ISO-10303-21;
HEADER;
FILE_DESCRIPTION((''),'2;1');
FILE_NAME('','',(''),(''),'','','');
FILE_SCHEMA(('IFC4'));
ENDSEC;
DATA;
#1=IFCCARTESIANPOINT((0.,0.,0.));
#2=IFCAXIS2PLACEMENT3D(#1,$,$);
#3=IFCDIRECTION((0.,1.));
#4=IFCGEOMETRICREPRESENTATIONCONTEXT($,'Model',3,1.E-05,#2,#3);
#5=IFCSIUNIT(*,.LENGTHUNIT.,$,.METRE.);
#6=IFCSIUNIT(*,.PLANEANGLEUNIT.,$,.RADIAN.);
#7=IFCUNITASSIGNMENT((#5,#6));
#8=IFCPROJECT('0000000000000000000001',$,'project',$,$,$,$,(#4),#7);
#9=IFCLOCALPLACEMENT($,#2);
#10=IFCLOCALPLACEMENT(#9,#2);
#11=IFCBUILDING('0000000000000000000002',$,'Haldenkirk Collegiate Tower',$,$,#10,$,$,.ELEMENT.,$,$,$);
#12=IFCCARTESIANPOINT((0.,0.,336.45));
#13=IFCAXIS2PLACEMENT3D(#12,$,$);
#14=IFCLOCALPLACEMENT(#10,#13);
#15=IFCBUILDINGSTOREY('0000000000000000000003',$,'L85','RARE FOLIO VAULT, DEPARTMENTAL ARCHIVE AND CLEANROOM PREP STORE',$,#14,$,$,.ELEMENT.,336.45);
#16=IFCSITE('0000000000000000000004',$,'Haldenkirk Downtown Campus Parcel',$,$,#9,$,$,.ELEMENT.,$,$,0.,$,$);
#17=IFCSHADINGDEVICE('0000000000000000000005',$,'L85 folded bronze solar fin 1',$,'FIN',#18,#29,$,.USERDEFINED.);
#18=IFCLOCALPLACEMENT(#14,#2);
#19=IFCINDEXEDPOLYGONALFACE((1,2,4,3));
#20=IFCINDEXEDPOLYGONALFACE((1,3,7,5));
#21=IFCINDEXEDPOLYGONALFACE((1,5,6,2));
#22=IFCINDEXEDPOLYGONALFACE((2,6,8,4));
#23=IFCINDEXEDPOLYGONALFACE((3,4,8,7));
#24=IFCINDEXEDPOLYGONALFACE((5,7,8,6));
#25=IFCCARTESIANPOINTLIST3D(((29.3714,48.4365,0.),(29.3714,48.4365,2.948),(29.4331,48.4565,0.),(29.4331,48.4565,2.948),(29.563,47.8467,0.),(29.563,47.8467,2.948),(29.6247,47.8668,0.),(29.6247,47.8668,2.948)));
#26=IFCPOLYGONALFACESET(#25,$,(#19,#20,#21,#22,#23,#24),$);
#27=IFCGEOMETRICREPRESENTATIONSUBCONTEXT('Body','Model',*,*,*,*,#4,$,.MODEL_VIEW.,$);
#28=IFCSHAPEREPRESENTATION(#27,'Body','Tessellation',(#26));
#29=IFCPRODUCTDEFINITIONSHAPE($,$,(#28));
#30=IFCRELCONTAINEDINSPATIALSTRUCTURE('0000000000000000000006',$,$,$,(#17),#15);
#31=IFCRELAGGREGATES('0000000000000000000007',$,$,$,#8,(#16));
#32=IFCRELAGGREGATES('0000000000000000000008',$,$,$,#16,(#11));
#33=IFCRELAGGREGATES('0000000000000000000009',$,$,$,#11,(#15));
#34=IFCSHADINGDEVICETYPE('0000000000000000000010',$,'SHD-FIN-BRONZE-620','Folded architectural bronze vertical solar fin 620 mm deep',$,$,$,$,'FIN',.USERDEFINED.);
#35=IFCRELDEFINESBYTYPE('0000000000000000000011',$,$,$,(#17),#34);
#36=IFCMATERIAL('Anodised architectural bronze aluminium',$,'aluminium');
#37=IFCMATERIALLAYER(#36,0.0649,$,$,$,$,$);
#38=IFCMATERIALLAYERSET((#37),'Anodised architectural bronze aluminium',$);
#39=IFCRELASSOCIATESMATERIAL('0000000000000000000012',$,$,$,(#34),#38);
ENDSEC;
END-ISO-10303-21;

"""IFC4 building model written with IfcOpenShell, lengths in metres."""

from ifc_helpers import new_model, si_unit, direction, frame, origin, origin_2d, place, context, subcontext, project, spatial, rectangle, extrude, source, transform, mapped, material, layer, layer_set, type_object, element, save


model = new_model("IFC4")

# Units and contexts
model_context = context("Model", 3, precision=1e-05, world=origin(), true_north=direction((0.0, 1.0)))
body_context = subcontext(model_context, "Body", "Model", "MODEL_VIEW")
ifc_project = project(units=[si_unit("LENGTHUNIT", "METRE"), si_unit("PLANEANGLEUNIT", "RADIAN")], contexts=[model_context])

# Site, building, storey
site_placement = place(None, origin())
site = spatial("IfcSite", under=ifc_project, at=site_placement, Name="Haldenkirk Downtown Campus Parcel", CompositionType="ELEMENT", RefElevation=0.0)
building_placement = place(site_placement, origin())
building = spatial("IfcBuilding", under=site, at=building_placement, Name="Haldenkirk Collegiate Tower", CompositionType="ELEMENT")
storey_placement = place(building_placement, frame((0.0, 0.0, 336.45)))
storey = spatial("IfcBuildingStorey", under=building, at=storey_placement, Name="L85", Description="RARE FOLIO VAULT, DEPARTMENTAL ARCHIVE AND CLEANROOM PREP STORE", CompositionType="ELEMENT", Elevation=336.45)

# Shared definitions
ifc_material_1 = material(Name="Anodised architectural bronze aluminium", Category="aluminium")

# Shading device
ifc_layer_1 = layer(ifc_material_1, 0.0649)
ifc_layer_set_1 = layer_set([ifc_layer_1], Name="Anodised architectural bronze aluminium")
shading_device_type = type_object("IfcShadingDeviceType", Name="SHD-FIN-BRONZE-620", Description="Folded architectural bronze vertical solar fin 620 mm deep", ElementType="FIN", PredefinedType="USERDEFINED", material=ifc_layer_set_1)
shared_shape_1 = source(origin(), body_context, "Body", "SweptSolid", [
    extrude(rectangle(XDim=0.6201, YDim=0.0649, at=origin_2d()), origin(), (0.0, 0.0, 1.0), 2.948),
])
shading_device_placement = place(storey_placement, frame((29.498, 48.1516, 0.0), z_axis=(0.0, 0.0, 1.0), x_axis=(-0.309017, 0.951057, 0.0)))
element("IfcShadingDevice", 1, at=shading_device_placement, inside=storey, type_object=shading_device_type, Name="L85 folded bronze solar fin 1", ObjectType="FIN", PredefinedType="USERDEFINED", context=body_context, shape_type="MappedRepresentation", body=[
    mapped(shared_shape_1, transform((0.0, 0.0, 0.0), x_axis=(1.0, 0.0, 0.0), y_axis=(0.0, 1.0, 0.0), z_axis=(0.0, 0.0, 1.0), scale=1.0)),
])

save(model, "model.ifc")
